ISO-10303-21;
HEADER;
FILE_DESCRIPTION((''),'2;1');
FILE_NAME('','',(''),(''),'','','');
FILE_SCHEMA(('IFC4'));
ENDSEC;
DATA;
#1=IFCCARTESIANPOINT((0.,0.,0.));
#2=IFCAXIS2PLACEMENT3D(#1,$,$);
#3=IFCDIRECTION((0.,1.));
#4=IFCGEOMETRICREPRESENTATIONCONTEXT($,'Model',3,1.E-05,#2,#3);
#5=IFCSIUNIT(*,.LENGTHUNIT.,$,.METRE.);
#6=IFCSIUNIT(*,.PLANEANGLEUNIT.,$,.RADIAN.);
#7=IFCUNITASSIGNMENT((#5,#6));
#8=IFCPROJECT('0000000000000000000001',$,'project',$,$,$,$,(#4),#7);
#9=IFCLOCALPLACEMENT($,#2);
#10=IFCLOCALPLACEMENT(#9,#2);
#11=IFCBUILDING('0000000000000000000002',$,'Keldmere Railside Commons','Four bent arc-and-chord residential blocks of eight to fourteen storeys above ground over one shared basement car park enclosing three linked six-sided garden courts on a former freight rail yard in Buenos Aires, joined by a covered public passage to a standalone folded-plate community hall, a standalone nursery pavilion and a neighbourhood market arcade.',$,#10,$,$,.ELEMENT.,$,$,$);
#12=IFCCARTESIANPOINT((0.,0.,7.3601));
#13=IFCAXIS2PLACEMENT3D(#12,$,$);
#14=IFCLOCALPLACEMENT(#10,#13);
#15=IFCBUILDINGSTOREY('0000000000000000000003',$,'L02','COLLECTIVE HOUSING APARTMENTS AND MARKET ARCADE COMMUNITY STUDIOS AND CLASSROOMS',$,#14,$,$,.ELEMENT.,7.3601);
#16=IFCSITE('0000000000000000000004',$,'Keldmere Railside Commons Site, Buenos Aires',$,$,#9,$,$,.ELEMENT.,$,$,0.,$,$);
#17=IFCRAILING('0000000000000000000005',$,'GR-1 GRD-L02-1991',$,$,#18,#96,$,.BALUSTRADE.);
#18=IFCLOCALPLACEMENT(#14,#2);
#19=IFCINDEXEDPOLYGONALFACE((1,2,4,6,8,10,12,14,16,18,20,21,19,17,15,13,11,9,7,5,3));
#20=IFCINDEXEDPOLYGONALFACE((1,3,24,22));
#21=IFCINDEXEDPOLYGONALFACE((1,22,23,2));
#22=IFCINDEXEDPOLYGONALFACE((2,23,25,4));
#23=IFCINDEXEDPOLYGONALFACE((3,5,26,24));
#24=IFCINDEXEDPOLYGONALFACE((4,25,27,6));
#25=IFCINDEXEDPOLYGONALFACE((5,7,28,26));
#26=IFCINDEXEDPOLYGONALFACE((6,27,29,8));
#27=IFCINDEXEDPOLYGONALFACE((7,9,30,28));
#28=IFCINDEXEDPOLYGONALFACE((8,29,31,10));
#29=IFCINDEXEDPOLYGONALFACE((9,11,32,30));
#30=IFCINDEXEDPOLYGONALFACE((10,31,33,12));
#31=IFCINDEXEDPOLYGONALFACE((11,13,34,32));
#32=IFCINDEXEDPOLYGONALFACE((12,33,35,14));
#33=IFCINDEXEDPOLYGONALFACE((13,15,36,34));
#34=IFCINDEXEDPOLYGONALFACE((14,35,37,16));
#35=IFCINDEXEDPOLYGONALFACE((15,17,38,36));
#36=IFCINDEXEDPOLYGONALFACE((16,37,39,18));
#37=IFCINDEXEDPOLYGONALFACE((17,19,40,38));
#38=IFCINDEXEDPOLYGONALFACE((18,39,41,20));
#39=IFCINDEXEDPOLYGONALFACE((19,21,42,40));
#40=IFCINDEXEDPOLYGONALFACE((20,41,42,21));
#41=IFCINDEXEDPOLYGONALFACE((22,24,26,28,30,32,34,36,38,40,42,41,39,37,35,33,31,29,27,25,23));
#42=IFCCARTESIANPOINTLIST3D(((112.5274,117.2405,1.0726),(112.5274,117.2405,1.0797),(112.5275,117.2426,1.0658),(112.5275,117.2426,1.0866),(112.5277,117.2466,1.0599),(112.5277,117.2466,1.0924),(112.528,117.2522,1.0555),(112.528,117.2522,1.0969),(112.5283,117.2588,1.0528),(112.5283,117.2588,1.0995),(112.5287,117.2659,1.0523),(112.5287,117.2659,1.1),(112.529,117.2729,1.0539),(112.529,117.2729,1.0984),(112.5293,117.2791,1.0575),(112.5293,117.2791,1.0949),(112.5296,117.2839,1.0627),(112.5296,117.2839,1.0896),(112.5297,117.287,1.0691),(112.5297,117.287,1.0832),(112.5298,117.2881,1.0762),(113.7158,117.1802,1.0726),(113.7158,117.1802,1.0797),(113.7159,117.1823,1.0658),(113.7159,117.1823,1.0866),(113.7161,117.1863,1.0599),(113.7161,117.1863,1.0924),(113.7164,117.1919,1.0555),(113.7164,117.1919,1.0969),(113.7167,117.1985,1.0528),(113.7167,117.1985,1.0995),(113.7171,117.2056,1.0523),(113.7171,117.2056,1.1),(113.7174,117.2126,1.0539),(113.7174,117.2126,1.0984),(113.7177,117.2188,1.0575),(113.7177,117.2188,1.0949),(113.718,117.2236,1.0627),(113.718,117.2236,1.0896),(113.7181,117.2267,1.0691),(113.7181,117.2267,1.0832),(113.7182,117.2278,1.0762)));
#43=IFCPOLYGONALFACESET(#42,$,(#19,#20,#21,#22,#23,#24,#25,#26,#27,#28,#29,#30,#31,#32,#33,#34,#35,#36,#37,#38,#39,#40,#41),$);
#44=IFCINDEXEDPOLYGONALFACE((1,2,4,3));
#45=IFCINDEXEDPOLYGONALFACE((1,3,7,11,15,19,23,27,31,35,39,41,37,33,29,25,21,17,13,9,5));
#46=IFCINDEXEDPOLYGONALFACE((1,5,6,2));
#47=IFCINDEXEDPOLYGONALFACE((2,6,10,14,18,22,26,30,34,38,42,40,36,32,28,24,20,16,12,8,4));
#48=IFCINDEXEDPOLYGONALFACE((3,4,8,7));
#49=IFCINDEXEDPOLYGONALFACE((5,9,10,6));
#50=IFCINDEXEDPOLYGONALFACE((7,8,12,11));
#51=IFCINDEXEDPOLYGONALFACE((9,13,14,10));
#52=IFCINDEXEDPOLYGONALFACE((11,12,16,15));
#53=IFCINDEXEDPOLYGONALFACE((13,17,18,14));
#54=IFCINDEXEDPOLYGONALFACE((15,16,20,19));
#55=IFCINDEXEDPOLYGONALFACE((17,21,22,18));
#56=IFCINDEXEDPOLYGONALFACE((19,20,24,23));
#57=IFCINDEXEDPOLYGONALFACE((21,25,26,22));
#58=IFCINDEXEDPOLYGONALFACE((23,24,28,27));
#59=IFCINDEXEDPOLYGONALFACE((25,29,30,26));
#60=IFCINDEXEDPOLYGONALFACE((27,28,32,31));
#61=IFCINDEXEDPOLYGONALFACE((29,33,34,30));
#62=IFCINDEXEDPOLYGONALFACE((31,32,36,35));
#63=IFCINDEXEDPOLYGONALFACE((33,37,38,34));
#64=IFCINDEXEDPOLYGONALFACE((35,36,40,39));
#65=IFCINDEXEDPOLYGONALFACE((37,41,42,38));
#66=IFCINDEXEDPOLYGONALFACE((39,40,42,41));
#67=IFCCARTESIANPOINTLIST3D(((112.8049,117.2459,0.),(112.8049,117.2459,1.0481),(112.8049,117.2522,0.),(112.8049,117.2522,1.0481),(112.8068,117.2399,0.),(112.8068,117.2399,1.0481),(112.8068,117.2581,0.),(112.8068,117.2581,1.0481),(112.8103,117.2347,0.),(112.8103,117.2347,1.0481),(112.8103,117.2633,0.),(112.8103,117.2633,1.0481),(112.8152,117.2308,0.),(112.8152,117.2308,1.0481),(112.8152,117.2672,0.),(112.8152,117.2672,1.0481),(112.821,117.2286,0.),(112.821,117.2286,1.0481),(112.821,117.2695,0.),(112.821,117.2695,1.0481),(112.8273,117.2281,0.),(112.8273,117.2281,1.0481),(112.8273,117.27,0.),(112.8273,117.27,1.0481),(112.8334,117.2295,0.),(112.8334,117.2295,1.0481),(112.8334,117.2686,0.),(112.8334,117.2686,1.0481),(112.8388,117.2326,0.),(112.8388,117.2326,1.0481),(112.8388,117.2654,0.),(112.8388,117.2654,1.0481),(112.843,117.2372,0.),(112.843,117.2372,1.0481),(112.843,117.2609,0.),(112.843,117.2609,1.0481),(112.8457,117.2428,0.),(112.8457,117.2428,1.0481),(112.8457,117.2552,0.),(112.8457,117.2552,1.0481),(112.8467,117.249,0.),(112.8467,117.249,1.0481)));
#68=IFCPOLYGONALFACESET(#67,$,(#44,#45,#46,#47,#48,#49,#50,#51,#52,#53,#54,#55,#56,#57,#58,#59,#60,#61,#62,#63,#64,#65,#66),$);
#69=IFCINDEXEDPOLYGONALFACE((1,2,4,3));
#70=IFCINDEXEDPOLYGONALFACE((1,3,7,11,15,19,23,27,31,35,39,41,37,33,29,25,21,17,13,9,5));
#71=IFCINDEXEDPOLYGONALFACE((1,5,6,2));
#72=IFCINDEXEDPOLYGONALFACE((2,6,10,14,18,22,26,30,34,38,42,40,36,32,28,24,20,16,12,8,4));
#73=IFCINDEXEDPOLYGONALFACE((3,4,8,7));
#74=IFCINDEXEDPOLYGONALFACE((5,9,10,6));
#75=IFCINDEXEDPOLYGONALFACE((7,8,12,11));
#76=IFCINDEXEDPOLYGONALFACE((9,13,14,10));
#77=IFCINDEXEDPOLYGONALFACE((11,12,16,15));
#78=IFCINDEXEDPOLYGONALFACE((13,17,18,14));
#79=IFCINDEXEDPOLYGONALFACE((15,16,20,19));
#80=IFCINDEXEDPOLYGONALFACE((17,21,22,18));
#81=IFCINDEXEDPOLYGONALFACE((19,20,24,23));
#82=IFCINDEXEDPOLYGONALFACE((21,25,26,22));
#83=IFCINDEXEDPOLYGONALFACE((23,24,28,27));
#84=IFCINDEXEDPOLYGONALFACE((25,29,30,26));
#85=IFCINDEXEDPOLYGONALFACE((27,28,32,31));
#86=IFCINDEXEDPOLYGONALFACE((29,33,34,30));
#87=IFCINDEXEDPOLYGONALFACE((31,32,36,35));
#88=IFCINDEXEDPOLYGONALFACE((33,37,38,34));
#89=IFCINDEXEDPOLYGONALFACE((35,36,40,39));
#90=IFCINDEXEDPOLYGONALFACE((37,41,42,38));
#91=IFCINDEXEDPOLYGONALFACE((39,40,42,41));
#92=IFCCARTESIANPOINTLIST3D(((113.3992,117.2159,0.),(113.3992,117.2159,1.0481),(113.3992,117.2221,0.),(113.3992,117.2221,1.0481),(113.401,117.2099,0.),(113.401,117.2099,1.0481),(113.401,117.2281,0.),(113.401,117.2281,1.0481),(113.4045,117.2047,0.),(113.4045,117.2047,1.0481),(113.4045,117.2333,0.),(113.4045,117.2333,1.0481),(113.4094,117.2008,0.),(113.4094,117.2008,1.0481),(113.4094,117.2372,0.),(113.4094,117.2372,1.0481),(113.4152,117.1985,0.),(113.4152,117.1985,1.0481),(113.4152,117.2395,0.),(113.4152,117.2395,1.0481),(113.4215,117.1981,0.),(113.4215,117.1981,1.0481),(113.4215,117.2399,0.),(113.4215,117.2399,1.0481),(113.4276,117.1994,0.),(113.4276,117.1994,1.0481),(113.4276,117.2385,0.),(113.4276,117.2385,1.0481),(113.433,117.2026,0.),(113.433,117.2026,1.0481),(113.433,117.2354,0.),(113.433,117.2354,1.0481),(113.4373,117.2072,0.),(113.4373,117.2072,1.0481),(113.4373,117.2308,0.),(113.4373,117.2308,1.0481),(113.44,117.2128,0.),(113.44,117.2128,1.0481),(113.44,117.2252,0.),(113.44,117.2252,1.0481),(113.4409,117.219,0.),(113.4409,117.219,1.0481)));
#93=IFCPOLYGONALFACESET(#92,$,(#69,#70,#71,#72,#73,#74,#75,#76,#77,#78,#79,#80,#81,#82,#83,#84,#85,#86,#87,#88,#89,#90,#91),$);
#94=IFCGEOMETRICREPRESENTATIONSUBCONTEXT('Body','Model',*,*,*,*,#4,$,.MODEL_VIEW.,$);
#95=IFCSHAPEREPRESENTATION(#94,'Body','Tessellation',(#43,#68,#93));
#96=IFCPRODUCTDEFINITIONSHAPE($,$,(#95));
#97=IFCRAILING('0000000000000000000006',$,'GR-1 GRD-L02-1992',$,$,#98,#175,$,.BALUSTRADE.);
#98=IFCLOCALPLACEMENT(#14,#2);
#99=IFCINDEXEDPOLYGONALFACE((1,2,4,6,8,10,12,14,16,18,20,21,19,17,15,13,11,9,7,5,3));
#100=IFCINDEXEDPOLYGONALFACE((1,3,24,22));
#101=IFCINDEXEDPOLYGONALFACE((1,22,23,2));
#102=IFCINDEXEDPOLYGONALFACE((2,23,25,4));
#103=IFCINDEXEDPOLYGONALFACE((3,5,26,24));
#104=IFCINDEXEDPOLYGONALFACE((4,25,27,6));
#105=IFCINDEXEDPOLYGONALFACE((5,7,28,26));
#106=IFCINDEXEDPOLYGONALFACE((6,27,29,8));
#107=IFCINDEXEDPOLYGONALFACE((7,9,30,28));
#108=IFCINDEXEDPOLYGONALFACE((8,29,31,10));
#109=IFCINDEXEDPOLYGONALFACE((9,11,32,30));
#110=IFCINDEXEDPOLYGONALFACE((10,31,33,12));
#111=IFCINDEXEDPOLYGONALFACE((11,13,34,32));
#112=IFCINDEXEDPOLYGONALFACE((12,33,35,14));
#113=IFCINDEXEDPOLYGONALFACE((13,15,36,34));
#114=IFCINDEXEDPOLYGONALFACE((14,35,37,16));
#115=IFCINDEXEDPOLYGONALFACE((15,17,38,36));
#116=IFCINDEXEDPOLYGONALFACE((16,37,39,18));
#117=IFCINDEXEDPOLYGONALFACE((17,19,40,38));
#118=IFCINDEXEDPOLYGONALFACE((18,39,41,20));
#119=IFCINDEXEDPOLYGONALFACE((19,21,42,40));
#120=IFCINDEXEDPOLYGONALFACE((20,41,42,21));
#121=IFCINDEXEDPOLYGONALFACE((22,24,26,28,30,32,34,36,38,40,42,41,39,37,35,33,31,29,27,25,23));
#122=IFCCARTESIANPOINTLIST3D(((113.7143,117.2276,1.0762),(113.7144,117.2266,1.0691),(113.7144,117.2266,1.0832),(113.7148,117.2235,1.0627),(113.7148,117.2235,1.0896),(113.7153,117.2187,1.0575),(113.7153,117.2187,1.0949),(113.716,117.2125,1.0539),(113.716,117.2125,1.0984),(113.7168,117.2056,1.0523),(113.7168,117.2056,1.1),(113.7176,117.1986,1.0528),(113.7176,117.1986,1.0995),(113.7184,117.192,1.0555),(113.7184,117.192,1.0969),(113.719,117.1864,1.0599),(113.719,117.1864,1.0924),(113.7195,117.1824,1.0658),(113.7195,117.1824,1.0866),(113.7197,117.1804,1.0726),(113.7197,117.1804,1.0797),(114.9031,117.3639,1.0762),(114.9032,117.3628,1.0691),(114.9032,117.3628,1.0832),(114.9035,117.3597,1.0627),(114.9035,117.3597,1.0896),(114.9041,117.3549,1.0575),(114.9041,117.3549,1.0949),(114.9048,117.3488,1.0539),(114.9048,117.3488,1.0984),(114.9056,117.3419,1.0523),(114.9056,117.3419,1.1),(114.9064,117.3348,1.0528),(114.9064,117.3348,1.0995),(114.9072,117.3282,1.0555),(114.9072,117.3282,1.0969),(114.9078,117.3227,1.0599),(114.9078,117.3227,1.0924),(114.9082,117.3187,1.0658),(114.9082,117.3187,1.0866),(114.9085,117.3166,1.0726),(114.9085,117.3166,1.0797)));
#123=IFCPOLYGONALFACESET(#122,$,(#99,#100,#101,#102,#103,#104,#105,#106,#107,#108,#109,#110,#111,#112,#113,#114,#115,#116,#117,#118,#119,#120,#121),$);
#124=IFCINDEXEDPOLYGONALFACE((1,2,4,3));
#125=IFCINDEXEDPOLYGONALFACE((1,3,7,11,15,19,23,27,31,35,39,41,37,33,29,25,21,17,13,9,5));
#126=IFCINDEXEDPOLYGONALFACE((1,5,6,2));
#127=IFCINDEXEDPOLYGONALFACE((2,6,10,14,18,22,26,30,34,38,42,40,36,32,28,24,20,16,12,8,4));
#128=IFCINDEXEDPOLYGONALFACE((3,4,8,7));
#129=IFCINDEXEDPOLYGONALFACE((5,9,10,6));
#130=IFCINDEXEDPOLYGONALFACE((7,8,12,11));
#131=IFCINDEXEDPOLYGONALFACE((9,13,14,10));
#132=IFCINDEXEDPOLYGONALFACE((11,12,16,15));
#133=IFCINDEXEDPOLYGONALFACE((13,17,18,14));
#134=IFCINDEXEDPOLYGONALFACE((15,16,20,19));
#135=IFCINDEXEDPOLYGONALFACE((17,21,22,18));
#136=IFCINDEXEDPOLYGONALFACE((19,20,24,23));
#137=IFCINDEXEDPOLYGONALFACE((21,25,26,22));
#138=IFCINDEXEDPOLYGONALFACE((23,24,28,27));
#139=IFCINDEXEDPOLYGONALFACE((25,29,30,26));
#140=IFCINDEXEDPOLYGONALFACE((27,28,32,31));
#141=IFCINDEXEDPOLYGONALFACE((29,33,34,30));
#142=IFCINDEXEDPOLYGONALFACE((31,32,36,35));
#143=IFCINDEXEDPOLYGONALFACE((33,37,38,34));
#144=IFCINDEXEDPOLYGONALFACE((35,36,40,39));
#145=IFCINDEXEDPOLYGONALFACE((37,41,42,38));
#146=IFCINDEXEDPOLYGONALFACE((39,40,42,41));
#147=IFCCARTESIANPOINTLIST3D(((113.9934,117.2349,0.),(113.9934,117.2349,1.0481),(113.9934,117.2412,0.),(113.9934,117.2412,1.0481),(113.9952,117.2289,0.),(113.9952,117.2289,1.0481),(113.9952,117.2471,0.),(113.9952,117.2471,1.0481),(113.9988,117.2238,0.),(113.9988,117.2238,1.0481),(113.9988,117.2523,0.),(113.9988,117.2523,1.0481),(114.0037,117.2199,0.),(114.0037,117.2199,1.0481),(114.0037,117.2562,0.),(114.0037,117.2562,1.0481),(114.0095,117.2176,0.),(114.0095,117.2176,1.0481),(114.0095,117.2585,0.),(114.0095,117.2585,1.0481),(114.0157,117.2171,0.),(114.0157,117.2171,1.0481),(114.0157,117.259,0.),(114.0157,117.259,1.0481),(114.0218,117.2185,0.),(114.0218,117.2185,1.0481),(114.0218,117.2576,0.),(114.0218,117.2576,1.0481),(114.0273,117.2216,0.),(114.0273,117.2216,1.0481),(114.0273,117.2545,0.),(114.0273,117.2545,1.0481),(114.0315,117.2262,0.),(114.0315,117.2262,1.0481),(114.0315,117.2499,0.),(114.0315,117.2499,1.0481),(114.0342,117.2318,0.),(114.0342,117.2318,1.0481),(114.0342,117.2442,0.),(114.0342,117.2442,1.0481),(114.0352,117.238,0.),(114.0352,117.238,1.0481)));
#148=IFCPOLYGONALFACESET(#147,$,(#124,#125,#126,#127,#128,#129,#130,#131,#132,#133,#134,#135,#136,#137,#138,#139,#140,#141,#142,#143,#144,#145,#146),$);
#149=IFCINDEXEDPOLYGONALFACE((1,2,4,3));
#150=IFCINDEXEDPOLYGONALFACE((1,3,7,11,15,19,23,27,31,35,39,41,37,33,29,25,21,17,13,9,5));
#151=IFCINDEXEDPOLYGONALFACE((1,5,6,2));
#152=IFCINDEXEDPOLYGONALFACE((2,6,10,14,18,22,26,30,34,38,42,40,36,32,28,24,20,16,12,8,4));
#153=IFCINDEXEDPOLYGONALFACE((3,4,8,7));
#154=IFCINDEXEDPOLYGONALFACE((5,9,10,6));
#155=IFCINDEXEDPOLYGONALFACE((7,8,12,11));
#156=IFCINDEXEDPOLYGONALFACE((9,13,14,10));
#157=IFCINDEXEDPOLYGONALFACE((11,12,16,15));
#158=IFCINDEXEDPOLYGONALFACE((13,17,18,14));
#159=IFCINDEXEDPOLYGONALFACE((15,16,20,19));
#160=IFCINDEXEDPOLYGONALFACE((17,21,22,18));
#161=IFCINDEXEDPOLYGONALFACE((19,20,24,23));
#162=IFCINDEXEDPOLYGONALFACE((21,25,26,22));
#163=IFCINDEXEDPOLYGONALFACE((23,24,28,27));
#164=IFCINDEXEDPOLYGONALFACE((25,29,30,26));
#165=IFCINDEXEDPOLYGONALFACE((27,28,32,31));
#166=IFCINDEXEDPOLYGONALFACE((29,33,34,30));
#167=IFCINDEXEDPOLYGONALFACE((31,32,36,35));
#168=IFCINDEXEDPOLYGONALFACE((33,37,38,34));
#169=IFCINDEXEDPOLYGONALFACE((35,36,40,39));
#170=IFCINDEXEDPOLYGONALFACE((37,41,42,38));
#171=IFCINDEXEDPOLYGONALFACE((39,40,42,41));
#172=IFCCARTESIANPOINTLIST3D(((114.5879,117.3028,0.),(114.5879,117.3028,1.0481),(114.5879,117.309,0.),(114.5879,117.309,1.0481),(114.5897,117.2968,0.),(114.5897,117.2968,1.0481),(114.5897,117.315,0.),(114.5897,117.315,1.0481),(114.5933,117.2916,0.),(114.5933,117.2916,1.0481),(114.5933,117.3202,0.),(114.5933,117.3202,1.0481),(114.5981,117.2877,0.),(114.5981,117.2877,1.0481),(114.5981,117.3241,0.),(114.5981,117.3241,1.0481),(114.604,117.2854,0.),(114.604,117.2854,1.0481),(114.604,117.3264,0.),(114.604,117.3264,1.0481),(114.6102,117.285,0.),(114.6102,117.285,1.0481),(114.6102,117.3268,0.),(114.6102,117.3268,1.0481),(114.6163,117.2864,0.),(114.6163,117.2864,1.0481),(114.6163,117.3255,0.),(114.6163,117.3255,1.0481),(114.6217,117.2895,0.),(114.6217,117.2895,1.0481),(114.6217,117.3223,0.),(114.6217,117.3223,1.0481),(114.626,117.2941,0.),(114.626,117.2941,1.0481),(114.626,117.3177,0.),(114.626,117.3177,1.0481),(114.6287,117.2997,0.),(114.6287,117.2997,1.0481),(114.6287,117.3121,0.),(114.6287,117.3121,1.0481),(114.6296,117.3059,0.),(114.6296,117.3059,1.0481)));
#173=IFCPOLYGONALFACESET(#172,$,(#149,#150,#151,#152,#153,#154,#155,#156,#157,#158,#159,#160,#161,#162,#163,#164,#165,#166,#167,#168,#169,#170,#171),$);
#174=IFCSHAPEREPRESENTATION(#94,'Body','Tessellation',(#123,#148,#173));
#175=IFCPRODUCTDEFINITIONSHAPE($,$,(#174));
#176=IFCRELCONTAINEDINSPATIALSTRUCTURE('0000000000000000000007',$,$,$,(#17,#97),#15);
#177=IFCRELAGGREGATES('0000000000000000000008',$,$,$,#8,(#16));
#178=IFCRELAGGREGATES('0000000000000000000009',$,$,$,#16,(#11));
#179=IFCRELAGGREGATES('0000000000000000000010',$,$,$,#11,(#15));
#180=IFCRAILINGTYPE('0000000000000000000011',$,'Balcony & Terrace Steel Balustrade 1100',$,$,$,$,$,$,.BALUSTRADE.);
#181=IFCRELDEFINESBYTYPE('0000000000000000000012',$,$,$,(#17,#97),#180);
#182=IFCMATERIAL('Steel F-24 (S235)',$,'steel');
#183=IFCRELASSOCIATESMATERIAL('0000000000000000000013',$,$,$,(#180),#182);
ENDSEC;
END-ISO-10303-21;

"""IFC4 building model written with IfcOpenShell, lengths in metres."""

from ifc_helpers import new_model, si_unit, direction, frame, origin, origin_2d, place, context, subcontext, project, spatial, circle, extrude, material, type_object, element, save


model = new_model("IFC4")

# Units and contexts
model_context = context("Model", 3, precision=1e-05, world=origin(), true_north=direction((0.0, 1.0)))
body_context = subcontext(model_context, "Body", "Model", "MODEL_VIEW")
ifc_project = project(units=[si_unit("LENGTHUNIT", "METRE"), si_unit("PLANEANGLEUNIT", "RADIAN")], contexts=[model_context])

# Site, building, storey
site_placement = place(None, origin())
site = spatial("IfcSite", under=ifc_project, at=site_placement, Name="Keldmere Railside Commons Site, Buenos Aires", CompositionType="ELEMENT", RefElevation=0.0)
building_placement = place(site_placement, origin())
building = spatial("IfcBuilding", under=site, at=building_placement, Name="Keldmere Railside Commons", Description="Four bent arc-and-chord residential blocks of eight to fourteen storeys above ground over one shared basement car park enclosing three linked six-sided garden courts on a former freight rail yard in Buenos Aires, joined by a covered public passage to a standalone folded-plate community hall, a standalone nursery pavilion and a neighbourhood market arcade.", CompositionType="ELEMENT")
storey_placement = place(building_placement, frame((0.0, 0.0, 7.3601)))
storey = spatial("IfcBuildingStorey", under=building, at=storey_placement, Name="L02", Description="COLLECTIVE HOUSING APARTMENTS AND MARKET ARCADE COMMUNITY STUDIOS AND CLASSROOMS", CompositionType="ELEMENT", Elevation=7.3601)

# Railings
ifc_material_1 = material(Name="Steel F-24 (S235)", Category="steel")
railing_type = type_object("IfcRailingType", Name="Balcony & Terrace Steel Balustrade 1100", PredefinedType="BALUSTRADE", material=ifc_material_1)
railing_1_placement = place(storey_placement, frame((112.5286, 117.2642, 0.0)))
element("IfcRailing", 1, at=railing_1_placement, inside=storey, type_object=railing_type, Name="GR-1 GRD-L02-1991", PredefinedType="BALUSTRADE", context=body_context, shape_type="SweptSolid", body=[
    extrude(circle(Radius=0.0239, at=origin_2d()), frame((0.0, 0.0, 1.0762), z_axis=(0.998715, -0.050674, 0.0), x_axis=(0.050674, 0.998715, 0.0)), (0.0, 0.0, 1.0), 1.1899),
    extrude(circle(Radius=0.021, at=origin_2d()), frame((0.2971, -0.0151, 0.0)), (0.0, 0.0, 1.0), 1.0481),
    extrude(circle(Radius=0.021, at=origin_2d()), frame((0.8914, -0.0452, 0.0)), (0.0, 0.0, 1.0), 1.0481),
])
railing_2_placement = place(storey_placement, frame((113.717, 117.2039, 0.0)))
element("IfcRailing", 2, at=railing_2_placement, inside=storey, type_object=railing_type, Name="GR-1 GRD-L02-1992", PredefinedType="BALUSTRADE", context=body_context, shape_type="SweptSolid", body=[
    extrude(circle(Radius=0.0239, at=origin_2d()), frame((0.0, 0.0, 1.0762), z_axis=(0.993497, 0.113857, 0.0), x_axis=(-0.113857, 0.993497, 0.0)), (0.0, 0.0, 1.0), 1.1965),
    extrude(circle(Radius=0.021, at=origin_2d()), frame((0.2971, 0.0342, 0.0)), (0.0, 0.0, 1.0), 1.0481),
    extrude(circle(Radius=0.021, at=origin_2d()), frame((0.8916, 0.1021, 0.0)), (0.0, 0.0, 1.0), 1.0481),
])

save(model, "model.ifc")
